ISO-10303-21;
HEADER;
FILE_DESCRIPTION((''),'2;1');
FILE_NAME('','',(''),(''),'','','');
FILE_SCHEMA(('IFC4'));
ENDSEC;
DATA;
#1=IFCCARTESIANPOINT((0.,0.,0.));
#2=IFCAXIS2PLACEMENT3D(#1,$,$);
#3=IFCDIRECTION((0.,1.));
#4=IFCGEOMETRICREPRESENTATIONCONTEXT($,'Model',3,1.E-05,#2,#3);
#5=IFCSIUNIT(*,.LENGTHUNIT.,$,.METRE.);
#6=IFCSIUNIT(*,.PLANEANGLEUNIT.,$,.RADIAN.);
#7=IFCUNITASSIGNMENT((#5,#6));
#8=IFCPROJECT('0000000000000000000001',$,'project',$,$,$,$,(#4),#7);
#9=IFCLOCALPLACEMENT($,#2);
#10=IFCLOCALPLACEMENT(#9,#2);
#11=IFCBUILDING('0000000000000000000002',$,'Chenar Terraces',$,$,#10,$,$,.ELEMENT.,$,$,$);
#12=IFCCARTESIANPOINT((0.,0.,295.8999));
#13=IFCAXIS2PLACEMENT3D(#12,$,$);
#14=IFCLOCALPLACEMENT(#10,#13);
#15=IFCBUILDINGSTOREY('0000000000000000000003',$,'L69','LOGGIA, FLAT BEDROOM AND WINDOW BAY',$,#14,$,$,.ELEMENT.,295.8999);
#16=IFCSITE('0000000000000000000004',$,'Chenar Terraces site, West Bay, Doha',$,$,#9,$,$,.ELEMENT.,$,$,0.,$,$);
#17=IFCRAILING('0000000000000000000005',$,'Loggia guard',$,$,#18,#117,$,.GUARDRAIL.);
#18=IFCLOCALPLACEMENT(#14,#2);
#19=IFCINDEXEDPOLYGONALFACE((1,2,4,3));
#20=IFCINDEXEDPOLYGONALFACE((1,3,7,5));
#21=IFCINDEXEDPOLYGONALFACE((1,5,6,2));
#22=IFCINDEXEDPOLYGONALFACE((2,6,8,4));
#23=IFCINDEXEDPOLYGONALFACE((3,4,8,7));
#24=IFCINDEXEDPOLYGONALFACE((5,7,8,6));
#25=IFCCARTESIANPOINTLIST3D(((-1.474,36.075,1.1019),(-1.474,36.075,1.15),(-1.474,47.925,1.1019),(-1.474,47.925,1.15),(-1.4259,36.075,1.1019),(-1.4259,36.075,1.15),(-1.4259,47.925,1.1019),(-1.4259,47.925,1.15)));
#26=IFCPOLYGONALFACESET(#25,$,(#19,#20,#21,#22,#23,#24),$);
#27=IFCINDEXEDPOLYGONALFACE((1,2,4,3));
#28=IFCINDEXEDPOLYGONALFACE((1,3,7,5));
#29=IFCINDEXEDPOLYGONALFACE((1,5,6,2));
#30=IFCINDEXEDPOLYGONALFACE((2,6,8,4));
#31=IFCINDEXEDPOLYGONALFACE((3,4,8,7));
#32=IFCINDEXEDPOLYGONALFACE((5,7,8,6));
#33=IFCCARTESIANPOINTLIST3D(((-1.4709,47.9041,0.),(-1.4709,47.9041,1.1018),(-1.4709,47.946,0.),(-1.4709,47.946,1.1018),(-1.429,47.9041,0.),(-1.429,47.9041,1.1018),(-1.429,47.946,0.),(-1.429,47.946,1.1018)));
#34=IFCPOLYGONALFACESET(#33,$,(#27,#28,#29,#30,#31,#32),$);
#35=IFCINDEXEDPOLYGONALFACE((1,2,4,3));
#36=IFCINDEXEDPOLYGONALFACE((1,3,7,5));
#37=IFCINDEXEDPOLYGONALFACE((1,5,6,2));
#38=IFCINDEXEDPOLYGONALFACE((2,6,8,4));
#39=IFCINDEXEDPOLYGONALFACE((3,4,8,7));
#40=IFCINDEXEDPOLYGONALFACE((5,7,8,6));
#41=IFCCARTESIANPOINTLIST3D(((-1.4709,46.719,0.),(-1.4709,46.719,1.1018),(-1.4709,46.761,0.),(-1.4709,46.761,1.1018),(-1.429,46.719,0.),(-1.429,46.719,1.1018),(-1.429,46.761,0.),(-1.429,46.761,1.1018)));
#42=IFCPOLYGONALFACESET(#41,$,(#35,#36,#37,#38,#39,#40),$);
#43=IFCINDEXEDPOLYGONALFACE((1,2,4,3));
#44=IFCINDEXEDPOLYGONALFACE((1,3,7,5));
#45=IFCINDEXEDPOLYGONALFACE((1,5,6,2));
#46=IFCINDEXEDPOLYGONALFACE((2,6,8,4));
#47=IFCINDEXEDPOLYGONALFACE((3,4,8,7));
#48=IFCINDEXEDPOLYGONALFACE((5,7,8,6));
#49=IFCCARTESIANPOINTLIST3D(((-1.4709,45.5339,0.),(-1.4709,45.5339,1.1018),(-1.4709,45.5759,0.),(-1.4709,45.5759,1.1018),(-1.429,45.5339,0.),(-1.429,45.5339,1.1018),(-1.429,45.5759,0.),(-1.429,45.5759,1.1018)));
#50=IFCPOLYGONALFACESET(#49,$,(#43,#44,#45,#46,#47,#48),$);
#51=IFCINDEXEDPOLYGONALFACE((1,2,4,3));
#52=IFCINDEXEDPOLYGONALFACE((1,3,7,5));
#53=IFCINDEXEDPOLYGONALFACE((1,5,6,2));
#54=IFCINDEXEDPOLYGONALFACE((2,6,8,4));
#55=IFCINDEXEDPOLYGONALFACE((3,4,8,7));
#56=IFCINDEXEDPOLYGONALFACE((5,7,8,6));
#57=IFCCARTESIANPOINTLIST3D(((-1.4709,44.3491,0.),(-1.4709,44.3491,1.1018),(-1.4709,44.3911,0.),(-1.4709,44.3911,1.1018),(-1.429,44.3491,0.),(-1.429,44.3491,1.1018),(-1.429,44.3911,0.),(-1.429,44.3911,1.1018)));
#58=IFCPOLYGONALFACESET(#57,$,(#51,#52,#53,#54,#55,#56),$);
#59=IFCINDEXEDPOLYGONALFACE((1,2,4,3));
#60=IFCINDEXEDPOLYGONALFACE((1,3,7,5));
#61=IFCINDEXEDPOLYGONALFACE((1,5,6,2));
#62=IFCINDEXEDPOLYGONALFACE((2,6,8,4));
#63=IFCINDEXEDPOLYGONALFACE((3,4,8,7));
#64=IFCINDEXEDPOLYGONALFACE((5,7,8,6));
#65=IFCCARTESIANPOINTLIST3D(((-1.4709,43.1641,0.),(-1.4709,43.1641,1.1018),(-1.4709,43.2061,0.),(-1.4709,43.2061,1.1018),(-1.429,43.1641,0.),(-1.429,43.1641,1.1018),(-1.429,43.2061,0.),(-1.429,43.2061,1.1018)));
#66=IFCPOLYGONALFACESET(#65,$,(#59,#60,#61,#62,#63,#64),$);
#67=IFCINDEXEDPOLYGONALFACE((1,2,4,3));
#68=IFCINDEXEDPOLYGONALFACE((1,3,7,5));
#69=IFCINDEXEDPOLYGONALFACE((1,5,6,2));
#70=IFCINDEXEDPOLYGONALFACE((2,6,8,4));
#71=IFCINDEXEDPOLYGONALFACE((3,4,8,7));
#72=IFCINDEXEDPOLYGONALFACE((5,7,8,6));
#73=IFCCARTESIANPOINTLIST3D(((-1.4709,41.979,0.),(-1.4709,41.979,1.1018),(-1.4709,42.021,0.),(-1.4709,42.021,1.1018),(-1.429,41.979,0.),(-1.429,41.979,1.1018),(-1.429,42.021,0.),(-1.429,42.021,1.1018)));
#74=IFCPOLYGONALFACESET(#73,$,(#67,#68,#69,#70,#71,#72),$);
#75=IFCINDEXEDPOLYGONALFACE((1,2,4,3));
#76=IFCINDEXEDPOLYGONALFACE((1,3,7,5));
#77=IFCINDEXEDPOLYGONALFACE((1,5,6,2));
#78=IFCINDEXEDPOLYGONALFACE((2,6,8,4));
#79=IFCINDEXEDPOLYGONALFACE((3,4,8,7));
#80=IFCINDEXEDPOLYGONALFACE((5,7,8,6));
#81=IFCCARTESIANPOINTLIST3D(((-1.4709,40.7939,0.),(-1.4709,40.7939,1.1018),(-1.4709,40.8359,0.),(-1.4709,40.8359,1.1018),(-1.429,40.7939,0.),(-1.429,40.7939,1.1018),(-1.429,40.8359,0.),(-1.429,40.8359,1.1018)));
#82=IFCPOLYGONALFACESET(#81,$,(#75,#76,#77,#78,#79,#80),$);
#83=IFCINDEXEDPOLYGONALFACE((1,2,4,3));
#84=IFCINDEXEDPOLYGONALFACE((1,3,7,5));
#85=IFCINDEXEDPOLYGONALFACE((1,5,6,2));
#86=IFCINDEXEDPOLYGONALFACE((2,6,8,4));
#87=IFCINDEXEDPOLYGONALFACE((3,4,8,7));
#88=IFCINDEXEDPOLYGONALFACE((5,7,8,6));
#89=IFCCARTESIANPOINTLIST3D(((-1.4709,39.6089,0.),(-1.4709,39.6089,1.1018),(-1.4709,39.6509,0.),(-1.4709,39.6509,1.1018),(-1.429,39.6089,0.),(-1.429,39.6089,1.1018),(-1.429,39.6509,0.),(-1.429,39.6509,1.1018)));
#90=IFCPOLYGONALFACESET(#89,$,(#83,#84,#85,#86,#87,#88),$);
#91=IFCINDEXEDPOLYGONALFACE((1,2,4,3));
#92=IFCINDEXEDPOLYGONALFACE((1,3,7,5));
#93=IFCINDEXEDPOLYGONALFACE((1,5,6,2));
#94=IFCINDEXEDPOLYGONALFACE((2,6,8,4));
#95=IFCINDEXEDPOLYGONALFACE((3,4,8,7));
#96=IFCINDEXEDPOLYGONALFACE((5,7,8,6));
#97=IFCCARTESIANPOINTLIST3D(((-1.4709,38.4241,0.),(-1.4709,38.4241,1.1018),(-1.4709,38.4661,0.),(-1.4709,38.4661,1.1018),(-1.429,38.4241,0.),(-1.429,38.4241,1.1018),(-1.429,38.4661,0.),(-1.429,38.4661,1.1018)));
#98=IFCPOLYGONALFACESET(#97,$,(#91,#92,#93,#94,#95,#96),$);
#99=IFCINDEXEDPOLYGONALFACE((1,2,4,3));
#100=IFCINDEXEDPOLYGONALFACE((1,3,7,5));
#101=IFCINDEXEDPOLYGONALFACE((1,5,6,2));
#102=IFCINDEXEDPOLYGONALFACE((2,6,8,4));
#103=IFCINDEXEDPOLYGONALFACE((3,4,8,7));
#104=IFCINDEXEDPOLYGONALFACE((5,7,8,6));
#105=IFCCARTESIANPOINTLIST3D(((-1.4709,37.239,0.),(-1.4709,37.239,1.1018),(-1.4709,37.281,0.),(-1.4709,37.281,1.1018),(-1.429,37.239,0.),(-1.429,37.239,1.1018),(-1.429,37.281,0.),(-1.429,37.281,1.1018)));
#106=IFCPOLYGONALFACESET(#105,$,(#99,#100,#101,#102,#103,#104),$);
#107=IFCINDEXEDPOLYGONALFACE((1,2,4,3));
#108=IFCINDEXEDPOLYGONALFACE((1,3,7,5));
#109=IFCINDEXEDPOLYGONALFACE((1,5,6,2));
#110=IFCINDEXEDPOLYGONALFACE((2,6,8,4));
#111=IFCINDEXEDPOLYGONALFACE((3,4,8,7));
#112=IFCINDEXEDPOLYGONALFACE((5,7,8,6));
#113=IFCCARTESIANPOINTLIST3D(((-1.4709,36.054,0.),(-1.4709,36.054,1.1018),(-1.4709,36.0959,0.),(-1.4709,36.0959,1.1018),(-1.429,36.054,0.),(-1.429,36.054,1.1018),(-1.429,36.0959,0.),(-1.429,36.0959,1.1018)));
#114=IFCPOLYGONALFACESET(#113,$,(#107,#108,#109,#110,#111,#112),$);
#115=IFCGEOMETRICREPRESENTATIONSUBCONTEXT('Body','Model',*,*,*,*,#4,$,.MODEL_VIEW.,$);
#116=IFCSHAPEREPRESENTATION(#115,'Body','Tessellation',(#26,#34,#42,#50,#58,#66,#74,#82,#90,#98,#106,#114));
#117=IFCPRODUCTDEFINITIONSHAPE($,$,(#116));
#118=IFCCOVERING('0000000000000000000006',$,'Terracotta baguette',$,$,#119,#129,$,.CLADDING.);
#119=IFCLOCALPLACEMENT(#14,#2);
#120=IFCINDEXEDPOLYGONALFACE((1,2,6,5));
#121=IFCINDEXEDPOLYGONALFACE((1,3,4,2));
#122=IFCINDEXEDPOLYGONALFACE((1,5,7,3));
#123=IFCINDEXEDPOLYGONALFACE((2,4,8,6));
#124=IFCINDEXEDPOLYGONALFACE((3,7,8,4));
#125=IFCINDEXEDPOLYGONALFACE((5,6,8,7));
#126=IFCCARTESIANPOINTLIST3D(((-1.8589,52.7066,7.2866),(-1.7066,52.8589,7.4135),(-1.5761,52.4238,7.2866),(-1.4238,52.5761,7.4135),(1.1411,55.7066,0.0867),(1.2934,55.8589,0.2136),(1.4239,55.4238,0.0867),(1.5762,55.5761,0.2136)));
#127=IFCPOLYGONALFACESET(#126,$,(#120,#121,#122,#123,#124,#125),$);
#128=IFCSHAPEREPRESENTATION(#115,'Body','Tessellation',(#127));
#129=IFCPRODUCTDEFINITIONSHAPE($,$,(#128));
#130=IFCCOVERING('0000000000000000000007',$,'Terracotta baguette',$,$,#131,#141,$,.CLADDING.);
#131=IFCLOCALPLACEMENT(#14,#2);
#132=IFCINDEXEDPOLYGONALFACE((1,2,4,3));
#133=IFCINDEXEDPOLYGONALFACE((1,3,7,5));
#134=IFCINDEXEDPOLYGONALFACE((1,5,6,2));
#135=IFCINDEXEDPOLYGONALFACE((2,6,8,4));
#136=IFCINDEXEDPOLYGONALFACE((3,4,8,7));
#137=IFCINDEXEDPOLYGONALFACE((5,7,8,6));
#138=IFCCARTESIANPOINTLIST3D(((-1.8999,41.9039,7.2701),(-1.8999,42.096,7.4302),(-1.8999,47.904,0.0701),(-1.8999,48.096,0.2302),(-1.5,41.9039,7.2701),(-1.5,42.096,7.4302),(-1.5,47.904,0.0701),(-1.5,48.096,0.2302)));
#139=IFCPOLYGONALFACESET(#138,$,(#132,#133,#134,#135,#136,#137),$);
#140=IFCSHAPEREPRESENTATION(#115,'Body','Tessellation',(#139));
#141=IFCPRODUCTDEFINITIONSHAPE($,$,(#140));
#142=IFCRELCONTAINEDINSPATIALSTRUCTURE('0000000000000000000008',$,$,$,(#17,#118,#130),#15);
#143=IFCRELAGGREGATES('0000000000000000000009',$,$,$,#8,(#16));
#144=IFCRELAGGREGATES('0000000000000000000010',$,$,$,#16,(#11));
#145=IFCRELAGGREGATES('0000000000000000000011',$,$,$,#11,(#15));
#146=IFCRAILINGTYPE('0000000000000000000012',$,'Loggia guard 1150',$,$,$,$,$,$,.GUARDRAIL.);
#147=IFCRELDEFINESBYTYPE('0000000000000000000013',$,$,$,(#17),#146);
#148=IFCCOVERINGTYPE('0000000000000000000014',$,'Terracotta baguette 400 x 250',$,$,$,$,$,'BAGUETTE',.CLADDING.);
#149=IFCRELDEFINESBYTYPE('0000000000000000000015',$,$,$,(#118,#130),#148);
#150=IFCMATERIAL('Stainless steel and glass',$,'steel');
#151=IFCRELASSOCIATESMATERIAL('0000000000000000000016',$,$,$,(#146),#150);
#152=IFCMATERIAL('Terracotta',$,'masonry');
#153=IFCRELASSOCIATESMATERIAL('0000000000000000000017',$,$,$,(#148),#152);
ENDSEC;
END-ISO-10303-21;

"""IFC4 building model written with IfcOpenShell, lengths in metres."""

from ifc_helpers import new_model, si_unit, direction, frame, origin, origin_2d, place, context, subcontext, project, spatial, rectangle, extrude, material, material_profile, profile_set, type_object, element, save


model = new_model("IFC4")

# Units and contexts
model_context = context("Model", 3, precision=1e-05, world=origin(), true_north=direction((0.0, 1.0)))
body_context = subcontext(model_context, "Body", "Model", "MODEL_VIEW")
ifc_project = project(units=[si_unit("LENGTHUNIT", "METRE"), si_unit("PLANEANGLEUNIT", "RADIAN")], contexts=[model_context])

# Site, building, storey
site_placement = place(None, origin())
site = spatial("IfcSite", under=ifc_project, at=site_placement, Name="Chenar Terraces site, West Bay, Doha", CompositionType="ELEMENT", RefElevation=0.0)
building_placement = place(site_placement, origin())
building = spatial("IfcBuilding", under=site, at=building_placement, Name="Chenar Terraces", CompositionType="ELEMENT")
storey_placement = place(building_placement, frame((0.0, 0.0, 295.8999)))
storey = spatial("IfcBuildingStorey", under=building, at=storey_placement, Name="L69", Description="LOGGIA, FLAT BEDROOM AND WINDOW BAY", CompositionType="ELEMENT", Elevation=295.8999)

# Railing
ifc_material_1 = material(Name="Stainless steel and glass", Category="steel")
railing_type = type_object("IfcRailingType", Name="Loggia guard 1150", PredefinedType="GUARDRAIL", material=ifc_material_1)
railing_placement = place(storey_placement, frame((-1.45, 47.925, 0.0)))
element("IfcRailing", 1, at=railing_placement, inside=storey, type_object=railing_type, Name="Loggia guard", PredefinedType="GUARDRAIL", context=body_context, shape_type="SweptSolid", body=[
    extrude(rectangle(XDim=0.0481, YDim=0.0481, at=origin_2d()), frame((0.0, 0.0, 1.126), z_axis=(0.0, -1.0, 0.0), x_axis=(1.0, 0.0, 0.0)), (0.0, 0.0, 1.0), 11.8501),
    extrude(rectangle(XDim=0.042, YDim=0.042, at=origin_2d()), origin(), (0.0, 0.0, 1.0), 1.1018),
    extrude(rectangle(XDim=0.042, YDim=0.042, at=origin_2d()), frame((0.0, -1.1851, 0.0)), (0.0, 0.0, 1.0), 1.1018),
    extrude(rectangle(XDim=0.042, YDim=0.042, at=origin_2d()), frame((0.0, -2.3701, 0.0)), (0.0, 0.0, 1.0), 1.1018),
    extrude(rectangle(XDim=0.042, YDim=0.042, at=origin_2d()), frame((0.0, -3.5549, 0.0)), (0.0, 0.0, 1.0), 1.1018),
    extrude(rectangle(XDim=0.042, YDim=0.042, at=origin_2d()), frame((0.0, -4.74, 0.0)), (0.0, 0.0, 1.0), 1.1018),
    extrude(rectangle(XDim=0.042, YDim=0.042, at=origin_2d()), frame((0.0, -5.925, 0.0)), (0.0, 0.0, 1.0), 1.1018),
    extrude(rectangle(XDim=0.042, YDim=0.042, at=origin_2d()), frame((0.0, -7.1101, 0.0)), (0.0, 0.0, 1.0), 1.1018),
    extrude(rectangle(XDim=0.042, YDim=0.042, at=origin_2d()), frame((0.0, -8.2952, 0.0)), (0.0, 0.0, 1.0), 1.1018),
    extrude(rectangle(XDim=0.042, YDim=0.042, at=origin_2d()), frame((0.0, -9.48, 0.0)), (0.0, 0.0, 1.0), 1.1018),
    extrude(rectangle(XDim=0.042, YDim=0.042, at=origin_2d()), frame((0.0, -10.665, 0.0)), (0.0, 0.0, 1.0), 1.1018),
    extrude(rectangle(XDim=0.042, YDim=0.042, at=origin_2d()), frame((0.0, -11.8501, 0.0)), (0.0, 0.0, 1.0), 1.1018),
])

# Coverings
ifc_material_2 = material(Name="Terracotta", Category="masonry")
ifc_material_profile_1 = material_profile(ifc_material_2, rectangle(XDim=0.3999, YDim=0.25, at=origin_2d()), Name="Terracotta baguette 400 x 250")
ifc_profile_set_1 = profile_set([ifc_material_profile_1], Name="Terracotta")
covering_type = type_object("IfcCoveringType", Name="Terracotta baguette 400 x 250", ElementType="BAGUETTE", PredefinedType="CLADDING", material=ifc_profile_set_1)
covering_1_placement = place(storey_placement, frame((1.3586, 55.6414, 0.1501), z_axis=(-0.358981, -0.358981, 0.861548), x_axis=(0.707107, -0.707107, 0.0)))
element("IfcCovering", 2, at=covering_1_placement, inside=storey, type_object=covering_type, Name="Terracotta baguette", PredefinedType="CLADDING", context=body_context, shape_type="SweptSolid", body=[
    extrude(rectangle(XDim=0.3999, YDim=0.25, at=origin_2d()), origin(), (0.0, 0.0, 1.0), 8.3569),
])
covering_2_placement = place(storey_placement, frame((-1.7, 48.0, 0.1501), z_axis=(0.0, -0.640187, 0.768219), x_axis=(1.0, 0.0, 0.0)))
element("IfcCovering", 3, at=covering_2_placement, inside=storey, type_object=covering_type, Name="Terracotta baguette", PredefinedType="CLADDING", context=body_context, shape_type="SweptSolid", body=[
    extrude(rectangle(XDim=0.3999, YDim=0.25, at=origin_2d()), origin(), (0.0, 0.0, 1.0), 9.3723),
])

save(model, "model.ifc")
